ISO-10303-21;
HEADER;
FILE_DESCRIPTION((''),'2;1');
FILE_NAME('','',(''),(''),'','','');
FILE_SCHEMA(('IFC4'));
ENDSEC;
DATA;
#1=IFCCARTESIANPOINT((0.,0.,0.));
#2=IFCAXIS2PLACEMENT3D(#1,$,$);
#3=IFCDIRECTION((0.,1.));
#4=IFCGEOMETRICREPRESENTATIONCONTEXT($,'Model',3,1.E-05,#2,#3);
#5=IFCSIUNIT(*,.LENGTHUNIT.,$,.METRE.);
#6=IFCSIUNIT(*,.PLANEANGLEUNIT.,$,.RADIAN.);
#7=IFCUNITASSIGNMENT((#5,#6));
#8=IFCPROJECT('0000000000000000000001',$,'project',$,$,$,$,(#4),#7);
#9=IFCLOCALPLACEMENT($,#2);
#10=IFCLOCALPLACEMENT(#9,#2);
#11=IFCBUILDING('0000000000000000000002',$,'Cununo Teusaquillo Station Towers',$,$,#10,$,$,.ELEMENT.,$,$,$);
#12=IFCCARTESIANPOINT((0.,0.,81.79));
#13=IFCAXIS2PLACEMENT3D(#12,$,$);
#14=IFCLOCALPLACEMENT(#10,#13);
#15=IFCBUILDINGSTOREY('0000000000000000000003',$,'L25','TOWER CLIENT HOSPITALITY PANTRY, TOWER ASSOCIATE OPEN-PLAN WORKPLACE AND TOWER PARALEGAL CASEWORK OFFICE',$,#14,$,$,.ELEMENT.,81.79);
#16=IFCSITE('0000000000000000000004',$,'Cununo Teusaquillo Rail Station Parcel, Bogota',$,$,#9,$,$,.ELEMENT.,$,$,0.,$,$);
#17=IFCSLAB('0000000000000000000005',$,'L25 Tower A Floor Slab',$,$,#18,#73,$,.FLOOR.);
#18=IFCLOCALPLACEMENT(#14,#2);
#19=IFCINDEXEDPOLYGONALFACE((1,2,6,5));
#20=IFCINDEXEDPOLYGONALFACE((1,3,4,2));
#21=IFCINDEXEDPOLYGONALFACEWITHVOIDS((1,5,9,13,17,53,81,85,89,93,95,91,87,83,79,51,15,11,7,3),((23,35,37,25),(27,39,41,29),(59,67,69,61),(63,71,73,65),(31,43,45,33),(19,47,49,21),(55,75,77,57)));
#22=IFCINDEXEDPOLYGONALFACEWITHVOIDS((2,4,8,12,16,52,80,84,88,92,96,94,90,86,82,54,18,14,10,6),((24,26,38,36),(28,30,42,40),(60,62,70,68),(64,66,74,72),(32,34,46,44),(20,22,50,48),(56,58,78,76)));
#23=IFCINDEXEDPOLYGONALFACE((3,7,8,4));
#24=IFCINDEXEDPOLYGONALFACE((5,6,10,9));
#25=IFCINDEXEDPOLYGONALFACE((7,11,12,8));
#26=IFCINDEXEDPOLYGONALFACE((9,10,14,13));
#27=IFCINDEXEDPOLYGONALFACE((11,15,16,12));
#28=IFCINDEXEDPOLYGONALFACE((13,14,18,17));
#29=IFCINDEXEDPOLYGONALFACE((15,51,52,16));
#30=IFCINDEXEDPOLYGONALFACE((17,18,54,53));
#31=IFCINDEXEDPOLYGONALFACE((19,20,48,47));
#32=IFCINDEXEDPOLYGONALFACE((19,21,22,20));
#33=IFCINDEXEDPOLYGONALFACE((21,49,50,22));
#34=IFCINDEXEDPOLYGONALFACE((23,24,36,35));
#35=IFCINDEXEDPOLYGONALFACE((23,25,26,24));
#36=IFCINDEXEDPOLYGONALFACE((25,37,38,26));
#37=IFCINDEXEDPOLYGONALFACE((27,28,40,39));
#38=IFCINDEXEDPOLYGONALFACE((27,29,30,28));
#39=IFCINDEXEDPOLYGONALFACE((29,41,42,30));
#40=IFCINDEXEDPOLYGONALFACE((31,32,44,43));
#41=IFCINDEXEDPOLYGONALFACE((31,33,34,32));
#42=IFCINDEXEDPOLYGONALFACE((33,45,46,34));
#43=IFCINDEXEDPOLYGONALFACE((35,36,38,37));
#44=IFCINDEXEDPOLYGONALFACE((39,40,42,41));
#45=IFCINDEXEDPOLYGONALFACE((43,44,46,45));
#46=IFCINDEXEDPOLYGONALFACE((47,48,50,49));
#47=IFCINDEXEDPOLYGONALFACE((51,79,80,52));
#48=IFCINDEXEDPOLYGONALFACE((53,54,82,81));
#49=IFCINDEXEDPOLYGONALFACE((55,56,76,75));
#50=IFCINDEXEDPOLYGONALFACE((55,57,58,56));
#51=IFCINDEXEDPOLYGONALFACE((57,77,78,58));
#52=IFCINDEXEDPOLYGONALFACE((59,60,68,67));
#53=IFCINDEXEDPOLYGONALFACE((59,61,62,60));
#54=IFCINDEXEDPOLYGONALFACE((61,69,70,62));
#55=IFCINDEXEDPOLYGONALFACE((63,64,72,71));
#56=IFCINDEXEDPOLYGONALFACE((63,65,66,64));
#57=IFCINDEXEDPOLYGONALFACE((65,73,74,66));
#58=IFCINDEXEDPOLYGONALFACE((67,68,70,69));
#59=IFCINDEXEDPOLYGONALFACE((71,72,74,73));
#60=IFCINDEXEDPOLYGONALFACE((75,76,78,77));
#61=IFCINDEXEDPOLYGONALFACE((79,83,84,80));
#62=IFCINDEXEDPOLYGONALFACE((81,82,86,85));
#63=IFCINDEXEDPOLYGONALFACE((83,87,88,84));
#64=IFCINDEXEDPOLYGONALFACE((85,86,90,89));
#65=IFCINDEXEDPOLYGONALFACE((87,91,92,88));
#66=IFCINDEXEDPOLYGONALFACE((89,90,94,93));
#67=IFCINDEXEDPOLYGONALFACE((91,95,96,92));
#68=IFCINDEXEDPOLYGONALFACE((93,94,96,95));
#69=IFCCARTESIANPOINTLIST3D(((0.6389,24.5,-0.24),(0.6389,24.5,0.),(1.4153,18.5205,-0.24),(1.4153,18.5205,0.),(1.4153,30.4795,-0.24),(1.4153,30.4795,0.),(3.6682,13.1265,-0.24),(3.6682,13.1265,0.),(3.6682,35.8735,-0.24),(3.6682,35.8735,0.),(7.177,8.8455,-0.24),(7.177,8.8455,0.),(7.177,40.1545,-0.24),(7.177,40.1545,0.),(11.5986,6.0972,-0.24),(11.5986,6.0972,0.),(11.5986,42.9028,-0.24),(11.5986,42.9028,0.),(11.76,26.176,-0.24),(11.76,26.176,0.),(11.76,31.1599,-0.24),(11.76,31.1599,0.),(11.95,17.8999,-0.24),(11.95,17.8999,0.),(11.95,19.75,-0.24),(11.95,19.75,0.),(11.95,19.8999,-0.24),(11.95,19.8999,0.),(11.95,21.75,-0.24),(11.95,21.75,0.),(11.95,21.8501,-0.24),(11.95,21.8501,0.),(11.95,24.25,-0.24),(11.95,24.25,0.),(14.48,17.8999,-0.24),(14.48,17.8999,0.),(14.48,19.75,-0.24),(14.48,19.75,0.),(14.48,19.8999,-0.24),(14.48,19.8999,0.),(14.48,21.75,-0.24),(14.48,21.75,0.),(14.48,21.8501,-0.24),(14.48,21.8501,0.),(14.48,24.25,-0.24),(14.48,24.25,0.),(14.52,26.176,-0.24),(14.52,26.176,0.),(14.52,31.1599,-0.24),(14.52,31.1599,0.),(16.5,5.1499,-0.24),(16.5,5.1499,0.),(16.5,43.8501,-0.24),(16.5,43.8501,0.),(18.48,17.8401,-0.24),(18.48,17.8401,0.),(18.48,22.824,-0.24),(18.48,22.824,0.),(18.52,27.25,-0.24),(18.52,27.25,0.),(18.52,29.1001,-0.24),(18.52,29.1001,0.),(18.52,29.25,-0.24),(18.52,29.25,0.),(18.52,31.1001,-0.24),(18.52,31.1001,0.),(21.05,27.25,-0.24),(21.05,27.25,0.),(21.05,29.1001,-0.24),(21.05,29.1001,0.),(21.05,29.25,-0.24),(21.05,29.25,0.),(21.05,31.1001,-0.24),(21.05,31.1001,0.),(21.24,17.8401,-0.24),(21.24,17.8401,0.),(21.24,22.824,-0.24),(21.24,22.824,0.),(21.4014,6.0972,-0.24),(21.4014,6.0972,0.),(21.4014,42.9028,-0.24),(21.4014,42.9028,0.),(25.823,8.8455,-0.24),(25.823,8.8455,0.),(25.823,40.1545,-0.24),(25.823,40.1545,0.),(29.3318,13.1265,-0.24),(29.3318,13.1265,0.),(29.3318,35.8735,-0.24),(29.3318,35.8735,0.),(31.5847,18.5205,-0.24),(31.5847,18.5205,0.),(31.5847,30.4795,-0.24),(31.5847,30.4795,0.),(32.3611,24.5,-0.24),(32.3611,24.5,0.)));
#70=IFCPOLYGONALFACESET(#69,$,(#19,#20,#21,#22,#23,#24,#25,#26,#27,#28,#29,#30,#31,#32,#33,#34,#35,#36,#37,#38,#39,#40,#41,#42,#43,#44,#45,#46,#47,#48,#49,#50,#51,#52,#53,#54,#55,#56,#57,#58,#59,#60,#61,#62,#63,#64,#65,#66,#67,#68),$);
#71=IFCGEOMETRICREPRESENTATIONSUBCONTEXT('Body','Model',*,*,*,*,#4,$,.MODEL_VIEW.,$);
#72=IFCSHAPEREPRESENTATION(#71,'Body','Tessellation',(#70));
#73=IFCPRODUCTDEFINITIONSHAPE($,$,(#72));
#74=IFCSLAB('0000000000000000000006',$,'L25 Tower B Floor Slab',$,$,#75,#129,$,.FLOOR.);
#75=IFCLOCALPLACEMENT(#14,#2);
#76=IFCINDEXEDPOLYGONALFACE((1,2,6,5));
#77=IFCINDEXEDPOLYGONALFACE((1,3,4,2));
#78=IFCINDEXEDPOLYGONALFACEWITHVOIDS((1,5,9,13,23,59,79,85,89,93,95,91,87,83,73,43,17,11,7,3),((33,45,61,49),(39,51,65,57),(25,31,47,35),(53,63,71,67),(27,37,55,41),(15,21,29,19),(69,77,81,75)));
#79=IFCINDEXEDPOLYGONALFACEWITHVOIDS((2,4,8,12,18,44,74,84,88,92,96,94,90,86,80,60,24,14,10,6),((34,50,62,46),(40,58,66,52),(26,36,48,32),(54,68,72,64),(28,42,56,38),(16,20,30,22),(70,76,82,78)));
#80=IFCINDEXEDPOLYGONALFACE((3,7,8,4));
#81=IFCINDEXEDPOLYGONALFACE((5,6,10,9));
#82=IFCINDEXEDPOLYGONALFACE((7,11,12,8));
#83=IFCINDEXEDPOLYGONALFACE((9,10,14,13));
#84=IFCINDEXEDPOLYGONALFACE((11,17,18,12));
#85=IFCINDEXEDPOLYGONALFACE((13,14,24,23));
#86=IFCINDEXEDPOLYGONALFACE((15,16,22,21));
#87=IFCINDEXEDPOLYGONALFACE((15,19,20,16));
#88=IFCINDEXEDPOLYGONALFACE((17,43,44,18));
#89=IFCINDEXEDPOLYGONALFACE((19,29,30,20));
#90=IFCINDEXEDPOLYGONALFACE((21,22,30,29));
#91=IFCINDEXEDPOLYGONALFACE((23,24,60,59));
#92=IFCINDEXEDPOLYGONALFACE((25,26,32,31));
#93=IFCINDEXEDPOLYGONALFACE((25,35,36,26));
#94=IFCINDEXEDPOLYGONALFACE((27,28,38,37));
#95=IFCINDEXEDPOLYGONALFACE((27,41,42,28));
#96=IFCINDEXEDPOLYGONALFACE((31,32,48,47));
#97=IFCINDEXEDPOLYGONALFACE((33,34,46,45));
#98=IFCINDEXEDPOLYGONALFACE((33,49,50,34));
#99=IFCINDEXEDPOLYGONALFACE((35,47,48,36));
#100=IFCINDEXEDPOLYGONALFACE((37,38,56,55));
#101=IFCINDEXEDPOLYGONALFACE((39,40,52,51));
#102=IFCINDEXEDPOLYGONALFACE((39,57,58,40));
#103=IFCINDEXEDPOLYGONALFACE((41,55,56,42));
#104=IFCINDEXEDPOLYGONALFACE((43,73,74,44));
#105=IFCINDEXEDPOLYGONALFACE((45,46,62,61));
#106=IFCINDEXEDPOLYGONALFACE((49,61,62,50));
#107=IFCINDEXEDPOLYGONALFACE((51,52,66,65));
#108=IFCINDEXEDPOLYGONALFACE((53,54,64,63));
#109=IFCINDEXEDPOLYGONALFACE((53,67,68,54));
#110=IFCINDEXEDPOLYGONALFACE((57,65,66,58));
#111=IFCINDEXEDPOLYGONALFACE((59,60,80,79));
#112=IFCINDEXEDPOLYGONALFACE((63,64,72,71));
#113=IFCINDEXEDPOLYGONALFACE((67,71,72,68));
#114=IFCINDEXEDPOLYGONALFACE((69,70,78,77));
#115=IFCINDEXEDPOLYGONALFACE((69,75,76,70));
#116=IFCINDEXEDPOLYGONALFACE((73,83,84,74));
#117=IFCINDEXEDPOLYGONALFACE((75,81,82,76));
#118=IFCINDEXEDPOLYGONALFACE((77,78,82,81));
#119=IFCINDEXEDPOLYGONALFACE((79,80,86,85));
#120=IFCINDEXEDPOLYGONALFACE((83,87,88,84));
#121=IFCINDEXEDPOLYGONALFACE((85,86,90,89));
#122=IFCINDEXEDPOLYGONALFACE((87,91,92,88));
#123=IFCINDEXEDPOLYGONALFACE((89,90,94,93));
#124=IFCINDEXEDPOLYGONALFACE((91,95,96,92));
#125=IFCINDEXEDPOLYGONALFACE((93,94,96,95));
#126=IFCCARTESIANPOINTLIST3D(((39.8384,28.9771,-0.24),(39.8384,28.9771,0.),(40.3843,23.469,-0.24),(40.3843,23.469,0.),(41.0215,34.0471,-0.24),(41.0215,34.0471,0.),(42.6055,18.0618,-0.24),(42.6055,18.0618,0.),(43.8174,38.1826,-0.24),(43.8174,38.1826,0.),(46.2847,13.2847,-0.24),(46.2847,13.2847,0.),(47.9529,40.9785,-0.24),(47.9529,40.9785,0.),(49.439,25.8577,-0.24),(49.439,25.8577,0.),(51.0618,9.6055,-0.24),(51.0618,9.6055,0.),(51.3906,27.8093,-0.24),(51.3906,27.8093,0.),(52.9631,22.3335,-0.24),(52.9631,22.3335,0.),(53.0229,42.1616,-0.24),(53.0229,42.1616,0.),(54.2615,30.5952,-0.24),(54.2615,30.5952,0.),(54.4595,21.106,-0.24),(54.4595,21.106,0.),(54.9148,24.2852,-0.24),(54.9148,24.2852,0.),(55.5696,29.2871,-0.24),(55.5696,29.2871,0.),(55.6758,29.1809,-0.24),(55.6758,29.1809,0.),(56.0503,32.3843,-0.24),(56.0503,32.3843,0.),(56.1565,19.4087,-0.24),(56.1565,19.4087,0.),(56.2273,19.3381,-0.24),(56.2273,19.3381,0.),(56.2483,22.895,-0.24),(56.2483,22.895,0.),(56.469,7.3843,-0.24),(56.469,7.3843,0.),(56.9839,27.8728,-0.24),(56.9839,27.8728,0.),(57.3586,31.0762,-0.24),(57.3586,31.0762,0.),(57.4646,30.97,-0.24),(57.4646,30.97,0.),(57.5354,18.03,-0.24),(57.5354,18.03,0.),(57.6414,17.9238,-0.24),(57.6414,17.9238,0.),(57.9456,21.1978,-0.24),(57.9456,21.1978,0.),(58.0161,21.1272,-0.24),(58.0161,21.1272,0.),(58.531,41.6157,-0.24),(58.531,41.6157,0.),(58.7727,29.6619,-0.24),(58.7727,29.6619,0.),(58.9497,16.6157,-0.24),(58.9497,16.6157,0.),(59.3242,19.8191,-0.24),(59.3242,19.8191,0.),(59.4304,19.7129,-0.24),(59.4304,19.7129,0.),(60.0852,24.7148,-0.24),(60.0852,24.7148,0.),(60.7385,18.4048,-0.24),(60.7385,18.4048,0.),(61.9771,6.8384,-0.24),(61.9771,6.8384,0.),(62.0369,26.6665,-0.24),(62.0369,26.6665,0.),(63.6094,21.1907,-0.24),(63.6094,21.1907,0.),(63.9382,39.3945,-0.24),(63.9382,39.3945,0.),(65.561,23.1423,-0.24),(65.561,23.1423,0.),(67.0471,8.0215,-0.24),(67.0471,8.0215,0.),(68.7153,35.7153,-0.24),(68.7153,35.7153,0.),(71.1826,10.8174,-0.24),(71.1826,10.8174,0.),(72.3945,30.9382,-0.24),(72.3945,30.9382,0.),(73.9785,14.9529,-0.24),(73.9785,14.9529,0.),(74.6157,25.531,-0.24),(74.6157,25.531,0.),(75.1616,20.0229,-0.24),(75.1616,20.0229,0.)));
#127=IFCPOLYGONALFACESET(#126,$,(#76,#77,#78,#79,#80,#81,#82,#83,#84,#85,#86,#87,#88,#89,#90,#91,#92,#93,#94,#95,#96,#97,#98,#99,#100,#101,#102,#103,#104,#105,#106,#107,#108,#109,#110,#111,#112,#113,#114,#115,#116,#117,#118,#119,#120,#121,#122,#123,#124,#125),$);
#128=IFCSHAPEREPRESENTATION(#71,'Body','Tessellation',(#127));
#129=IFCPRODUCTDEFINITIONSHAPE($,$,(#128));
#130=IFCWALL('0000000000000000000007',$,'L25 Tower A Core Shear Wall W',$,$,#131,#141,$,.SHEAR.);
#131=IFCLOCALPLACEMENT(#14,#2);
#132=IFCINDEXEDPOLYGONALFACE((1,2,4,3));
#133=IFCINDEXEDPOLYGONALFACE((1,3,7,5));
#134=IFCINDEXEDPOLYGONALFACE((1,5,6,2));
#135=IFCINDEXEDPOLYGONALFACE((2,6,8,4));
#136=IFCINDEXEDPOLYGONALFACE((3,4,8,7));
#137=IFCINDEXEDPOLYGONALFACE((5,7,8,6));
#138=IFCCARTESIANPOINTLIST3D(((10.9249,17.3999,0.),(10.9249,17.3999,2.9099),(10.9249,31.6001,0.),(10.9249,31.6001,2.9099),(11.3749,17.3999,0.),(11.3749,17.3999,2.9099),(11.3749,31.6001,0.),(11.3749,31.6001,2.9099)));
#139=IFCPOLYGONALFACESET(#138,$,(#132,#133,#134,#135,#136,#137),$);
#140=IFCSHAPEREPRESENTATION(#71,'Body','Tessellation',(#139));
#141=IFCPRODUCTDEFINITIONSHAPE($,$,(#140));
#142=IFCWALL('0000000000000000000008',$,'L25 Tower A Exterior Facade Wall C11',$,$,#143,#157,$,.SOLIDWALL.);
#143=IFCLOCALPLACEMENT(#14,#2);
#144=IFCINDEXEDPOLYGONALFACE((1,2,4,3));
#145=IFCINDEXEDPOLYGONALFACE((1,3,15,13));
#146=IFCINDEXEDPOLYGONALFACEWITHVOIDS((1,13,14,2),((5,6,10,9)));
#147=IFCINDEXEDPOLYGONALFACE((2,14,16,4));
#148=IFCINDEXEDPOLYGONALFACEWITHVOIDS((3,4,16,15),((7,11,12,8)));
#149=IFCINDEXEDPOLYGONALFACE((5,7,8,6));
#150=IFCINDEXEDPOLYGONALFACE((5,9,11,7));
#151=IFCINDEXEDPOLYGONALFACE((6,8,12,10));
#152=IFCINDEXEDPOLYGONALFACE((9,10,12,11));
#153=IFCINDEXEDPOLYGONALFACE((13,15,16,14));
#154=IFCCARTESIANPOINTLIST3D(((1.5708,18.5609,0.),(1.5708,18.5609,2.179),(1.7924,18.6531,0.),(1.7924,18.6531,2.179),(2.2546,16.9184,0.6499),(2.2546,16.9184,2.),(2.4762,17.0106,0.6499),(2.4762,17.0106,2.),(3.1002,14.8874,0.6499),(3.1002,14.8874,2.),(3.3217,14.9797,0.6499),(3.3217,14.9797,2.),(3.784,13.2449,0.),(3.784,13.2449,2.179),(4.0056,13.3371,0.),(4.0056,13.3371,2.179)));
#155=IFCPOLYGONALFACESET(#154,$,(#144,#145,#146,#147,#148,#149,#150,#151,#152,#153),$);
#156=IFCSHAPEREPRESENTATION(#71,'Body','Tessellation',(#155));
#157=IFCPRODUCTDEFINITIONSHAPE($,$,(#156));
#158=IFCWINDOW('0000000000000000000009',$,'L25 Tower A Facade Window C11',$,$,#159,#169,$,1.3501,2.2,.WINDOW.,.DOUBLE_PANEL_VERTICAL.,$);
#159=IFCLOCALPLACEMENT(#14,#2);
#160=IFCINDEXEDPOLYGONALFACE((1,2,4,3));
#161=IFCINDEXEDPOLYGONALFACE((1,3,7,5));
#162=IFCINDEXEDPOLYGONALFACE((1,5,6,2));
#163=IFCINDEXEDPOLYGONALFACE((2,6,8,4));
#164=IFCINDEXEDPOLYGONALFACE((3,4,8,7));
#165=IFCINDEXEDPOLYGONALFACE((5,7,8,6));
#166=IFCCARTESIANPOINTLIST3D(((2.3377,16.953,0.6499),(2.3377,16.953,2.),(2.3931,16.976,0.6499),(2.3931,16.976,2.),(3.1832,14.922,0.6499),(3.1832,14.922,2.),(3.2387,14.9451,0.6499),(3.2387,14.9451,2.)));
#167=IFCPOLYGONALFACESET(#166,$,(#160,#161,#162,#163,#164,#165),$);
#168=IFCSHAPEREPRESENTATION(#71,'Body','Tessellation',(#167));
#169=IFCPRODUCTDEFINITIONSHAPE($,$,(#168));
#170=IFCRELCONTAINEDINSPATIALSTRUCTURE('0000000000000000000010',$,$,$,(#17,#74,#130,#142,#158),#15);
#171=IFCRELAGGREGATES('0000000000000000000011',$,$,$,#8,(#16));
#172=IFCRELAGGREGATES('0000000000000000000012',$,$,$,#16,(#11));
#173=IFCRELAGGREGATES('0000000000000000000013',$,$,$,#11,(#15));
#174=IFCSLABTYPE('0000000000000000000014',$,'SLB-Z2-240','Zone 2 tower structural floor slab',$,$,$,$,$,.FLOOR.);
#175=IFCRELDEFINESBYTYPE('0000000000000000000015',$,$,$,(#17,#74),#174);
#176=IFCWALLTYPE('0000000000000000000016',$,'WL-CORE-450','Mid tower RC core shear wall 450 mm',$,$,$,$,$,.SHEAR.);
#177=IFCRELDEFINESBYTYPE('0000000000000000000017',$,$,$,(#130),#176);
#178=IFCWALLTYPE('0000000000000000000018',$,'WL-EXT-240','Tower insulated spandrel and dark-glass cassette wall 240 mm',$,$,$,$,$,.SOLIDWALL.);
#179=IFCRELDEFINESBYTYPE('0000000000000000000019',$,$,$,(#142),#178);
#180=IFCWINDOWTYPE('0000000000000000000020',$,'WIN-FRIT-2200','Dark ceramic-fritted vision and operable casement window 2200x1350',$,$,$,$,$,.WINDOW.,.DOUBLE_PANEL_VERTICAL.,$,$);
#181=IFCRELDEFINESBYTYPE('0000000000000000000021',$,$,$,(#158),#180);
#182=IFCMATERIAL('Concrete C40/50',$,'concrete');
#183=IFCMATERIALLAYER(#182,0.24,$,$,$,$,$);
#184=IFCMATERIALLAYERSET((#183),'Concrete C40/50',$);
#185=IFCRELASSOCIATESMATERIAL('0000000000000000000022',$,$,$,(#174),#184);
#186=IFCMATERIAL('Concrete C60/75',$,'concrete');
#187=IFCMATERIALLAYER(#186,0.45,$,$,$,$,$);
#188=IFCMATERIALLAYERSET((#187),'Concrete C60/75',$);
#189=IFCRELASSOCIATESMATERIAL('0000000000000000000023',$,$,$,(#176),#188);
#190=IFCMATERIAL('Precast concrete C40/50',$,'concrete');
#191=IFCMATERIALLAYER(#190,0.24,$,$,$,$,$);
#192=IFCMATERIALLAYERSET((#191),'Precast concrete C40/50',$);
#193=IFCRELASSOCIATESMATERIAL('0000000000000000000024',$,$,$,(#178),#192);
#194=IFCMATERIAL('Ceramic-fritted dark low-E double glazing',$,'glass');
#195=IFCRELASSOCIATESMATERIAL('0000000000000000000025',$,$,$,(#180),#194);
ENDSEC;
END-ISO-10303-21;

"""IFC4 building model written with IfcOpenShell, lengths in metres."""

from ifc_helpers import new_model, si_unit, direction, frame, frame_2d, origin, place, context, subcontext, project, spatial, polyline, rectangle, outline, extrude, source, transform, mapped, material, layer, layer_set, type_object, element, fill, save


model = new_model("IFC4")

# Units and contexts
model_context = context("Model", 3, precision=1e-05, world=origin(), true_north=direction((0.0, 1.0)))
body_context = subcontext(model_context, "Body", "Model", "MODEL_VIEW")
ifc_project = project(units=[si_unit("LENGTHUNIT", "METRE"), si_unit("PLANEANGLEUNIT", "RADIAN")], contexts=[model_context])

# Site, building, storey
site_placement = place(None, origin())
site = spatial("IfcSite", under=ifc_project, at=site_placement, Name="Cununo Teusaquillo Rail Station Parcel, Bogota", CompositionType="ELEMENT", RefElevation=0.0)
building_placement = place(site_placement, origin())
building = spatial("IfcBuilding", under=site, at=building_placement, Name="Cununo Teusaquillo Station Towers", CompositionType="ELEMENT")
storey_placement = place(building_placement, frame((0.0, 0.0, 81.79)))
storey = spatial("IfcBuildingStorey", under=building, at=storey_placement, Name="L25", Description="TOWER CLIENT HOSPITALITY PANTRY, TOWER ASSOCIATE OPEN-PLAN WORKPLACE AND TOWER PARALEGAL CASEWORK OFFICE", CompositionType="ELEMENT", Elevation=81.79)

# Slabs
ifc_material_1 = material(Name="Concrete C40/50", Category="concrete")
ifc_layer_1 = layer(ifc_material_1, 0.24)
ifc_layer_set_1 = layer_set([ifc_layer_1], Name="Concrete C40/50")
slab_type_1 = type_object("IfcSlabType", Name="SLB-Z2-240", Description="Zone 2 tower structural floor slab", PredefinedType="FLOOR", material=ifc_layer_set_1)
slab_1_placement = place(storey_placement, frame((0.0, 0.0, -0.24)))
element("IfcSlab", 1, at=slab_1_placement, inside=storey, type_object=slab_type_1, Name="L25 Tower A Floor Slab", PredefinedType="FLOOR", context=body_context, shape_type="SweptSolid", body=[
    extrude(outline(polyline([(32.3611, 24.5), (31.5847, 30.4795), (29.3318, 35.8735), (25.823, 40.1545), (21.4014, 42.9028), (16.5, 43.8501), (11.5986, 42.9028), (7.177, 40.1545), (3.6682, 35.8735), (1.4153, 30.4795), (0.6389, 24.5), (1.4153, 18.5205), (3.6682, 13.1265), (7.177, 8.8455), (11.5986, 6.0972), (16.5, 5.1499), (21.4014, 6.0972), (25.823, 8.8455), (29.3318, 13.1265), (31.5847, 18.5205), (32.3611, 24.5)]), holes=[polyline([(14.52, 26.176), (14.52, 31.1599), (11.76, 31.1599), (11.76, 26.176), (14.52, 26.176)]), polyline([(18.48, 22.824), (18.48, 17.8401), (21.24, 17.8401), (21.24, 22.824), (18.48, 22.824)]), polyline([(11.95, 21.8501), (14.48, 21.8501), (14.48, 24.25), (11.95, 24.25), (11.95, 21.8501)]), polyline([(11.95, 17.8999), (14.48, 17.8999), (14.48, 19.75), (11.95, 19.75), (11.95, 17.8999)]), polyline([(11.95, 19.8999), (14.48, 19.8999), (14.48, 21.75), (11.95, 21.75), (11.95, 19.8999)]), polyline([(18.52, 27.25), (21.05, 27.25), (21.05, 29.1001), (18.52, 29.1001), (18.52, 27.25)]), polyline([(18.52, 29.25), (21.05, 29.25), (21.05, 31.1001), (18.52, 31.1001), (18.52, 29.25)])]), origin(), (0.0, 0.0, 1.0), 0.24),
])
slab_2_placement = place(storey_placement, frame((0.0, 0.0, -0.24)))
element("IfcSlab", 2, at=slab_2_placement, inside=storey, type_object=slab_type_1, Name="L25 Tower B Floor Slab", PredefinedType="FLOOR", context=body_context, shape_type="SweptSolid", body=[
    extrude(outline(polyline([(68.7153, 35.7153), (63.9382, 39.3945), (58.531, 41.6157), (53.0229, 42.1616), (47.9529, 40.9785), (43.8174, 38.1826), (41.0215, 34.0471), (39.8384, 28.9771), (40.3843, 23.469), (42.6055, 18.0618), (46.2847, 13.2847), (51.0618, 9.6055), (56.469, 7.3843), (61.9771, 6.8384), (67.0471, 8.0215), (71.1826, 10.8174), (73.9785, 14.9529), (75.1616, 20.0229), (74.6157, 25.531), (72.3945, 30.9382), (68.7153, 35.7153)]), holes=[polyline([(54.9148, 24.2852), (51.3906, 27.8093), (49.439, 25.8577), (52.9631, 22.3335), (54.9148, 24.2852)]), polyline([(60.0852, 24.7148), (63.6094, 21.1907), (65.561, 23.1423), (62.0369, 26.6665), (60.0852, 24.7148)]), polyline([(56.1565, 19.4087), (57.9456, 21.1978), (56.2483, 22.895), (54.4595, 21.106), (56.1565, 19.4087)]), polyline([(58.9497, 16.6157), (60.7385, 18.4048), (59.4304, 19.7129), (57.6414, 17.9238), (58.9497, 16.6157)]), polyline([(57.5354, 18.03), (59.3242, 19.8191), (58.0161, 21.1272), (56.2273, 19.3381), (57.5354, 18.03)]), polyline([(56.9839, 27.8728), (58.7727, 29.6619), (57.4646, 30.97), (55.6758, 29.1809), (56.9839, 27.8728)]), polyline([(55.5696, 29.2871), (57.3586, 31.0762), (56.0503, 32.3843), (54.2615, 30.5952), (55.5696, 29.2871)])]), origin(), (0.0, 0.0, 1.0), 0.24),
])

# Wall
ifc_material_2 = material(Name="Concrete C60/75", Category="concrete")
ifc_layer_2 = layer(ifc_material_2, 0.45)
ifc_layer_set_2 = layer_set([ifc_layer_2], Name="Concrete C60/75")
wall_type_1 = type_object("IfcWallType", Name="WL-CORE-450", Description="Mid tower RC core shear wall 450 mm", PredefinedType="SHEAR", material=ifc_layer_set_2)
wall_1_placement = place(storey_placement, frame((11.1499, 17.3999, 0.0), z_axis=(0.0, 0.0, 1.0), x_axis=(0.0, 1.0, 0.0)))
element("IfcWall", 3, at=wall_1_placement, inside=storey, type_object=wall_type_1, Name="L25 Tower A Core Shear Wall W", PredefinedType="SHEAR", context=body_context, shape_type="SweptSolid", body=[
    extrude(rectangle(XDim=14.2002, YDim=0.45, at=frame_2d((7.1001, 0.0))), origin(), (0.0, 0.0, 1.0), 2.9099),
])

# Wall, opening, window
ifc_material_3 = material(Name="Precast concrete C40/50", Category="concrete")
ifc_layer_3 = layer(ifc_material_3, 0.24)
ifc_layer_set_3 = layer_set([ifc_layer_3], Name="Precast concrete C40/50")
wall_type_2 = type_object("IfcWallType", Name="WL-EXT-240", Description="Tower insulated spandrel and dark-glass cassette wall 240 mm", PredefinedType="SOLIDWALL", material=ifc_layer_set_3)
wall_2_placement = place(storey_placement, frame((3.8948, 13.291, 0.0), z_axis=(0.0, 0.0, 1.0), x_axis=(-0.384344, 0.92319, 0.0)))
wall_2 = element("IfcWall", 4, at=wall_2_placement, inside=storey, type_object=wall_type_2, Name="L25 Tower A Exterior Facade Wall C11", PredefinedType="SOLIDWALL", context=body_context, shape_type="SweptSolid", body=[
    extrude(rectangle(XDim=5.7583, YDim=0.24, at=frame_2d((2.8792, 0.0))), origin(), (0.0, 0.0, 1.0), 2.179),
])
shared_shape_1 = source(origin(), body_context, "Body", "SweptSolid", [
    extrude(rectangle(XDim=2.2, YDim=1.3501, at=frame_2d((1.1001, 0.675))), frame((0.0, 0.1299, 0.0), z_axis=(0.0, -1.0, 0.0), x_axis=(1.0, 0.0, 0.0)), (0.0, 0.0, 1.0), 0.26),
])
opening_1_placement = place(wall_2_placement, frame((1.7791, 0.0, 0.6499)))
opening_1 = element("IfcOpeningElement", 5, at=opening_1_placement, cuts=wall_2, PredefinedType="OPENING", context=body_context, shape_type="MappedRepresentation", body=[
    mapped(shared_shape_1, transform((0.0, 0.0, 0.0), x_axis=(1.0, 0.0, 0.0), y_axis=(0.0, 1.0, 0.0), z_axis=(0.0, 0.0, 1.0), scale=1.0)),
])
ifc_material_4 = material(Name="Ceramic-fritted dark low-E double glazing", Category="glass")
window_type_1 = type_object("IfcWindowType", Name="WIN-FRIT-2200", Description="Dark ceramic-fritted vision and operable casement window 2200x1350", PartitioningType="DOUBLE_PANEL_VERTICAL", PredefinedType="WINDOW", material=ifc_material_4)
shared_shape_2 = source(origin(), body_context, "Body", "SweptSolid", [
    extrude(rectangle(XDim=2.2, YDim=1.3501, at=frame_2d((1.1001, 0.675))), frame((0.0, 0.03, 0.0), z_axis=(0.0, -1.0, 0.0), x_axis=(1.0, 0.0, 0.0)), (0.0, 0.0, 1.0), 0.0601),
])
window_1_placement = place(opening_1_placement, origin())
window_1 = element("IfcWindow", 6, at=window_1_placement, inside=storey, type_object=window_type_1, Name="L25 Tower A Facade Window C11", OverallHeight=1.3501, OverallWidth=2.2, PartitioningType="DOUBLE_PANEL_VERTICAL", PredefinedType="WINDOW", context=body_context, shape_type="MappedRepresentation", body=[
    mapped(shared_shape_2, transform((0.0, 0.0, 0.0), x_axis=(1.0, 0.0, 0.0), y_axis=(0.0, 1.0, 0.0), z_axis=(0.0, 0.0, 1.0), scale=1.0)),
])
fill(opening_1, window_1)

save(model, "model.ifc")
